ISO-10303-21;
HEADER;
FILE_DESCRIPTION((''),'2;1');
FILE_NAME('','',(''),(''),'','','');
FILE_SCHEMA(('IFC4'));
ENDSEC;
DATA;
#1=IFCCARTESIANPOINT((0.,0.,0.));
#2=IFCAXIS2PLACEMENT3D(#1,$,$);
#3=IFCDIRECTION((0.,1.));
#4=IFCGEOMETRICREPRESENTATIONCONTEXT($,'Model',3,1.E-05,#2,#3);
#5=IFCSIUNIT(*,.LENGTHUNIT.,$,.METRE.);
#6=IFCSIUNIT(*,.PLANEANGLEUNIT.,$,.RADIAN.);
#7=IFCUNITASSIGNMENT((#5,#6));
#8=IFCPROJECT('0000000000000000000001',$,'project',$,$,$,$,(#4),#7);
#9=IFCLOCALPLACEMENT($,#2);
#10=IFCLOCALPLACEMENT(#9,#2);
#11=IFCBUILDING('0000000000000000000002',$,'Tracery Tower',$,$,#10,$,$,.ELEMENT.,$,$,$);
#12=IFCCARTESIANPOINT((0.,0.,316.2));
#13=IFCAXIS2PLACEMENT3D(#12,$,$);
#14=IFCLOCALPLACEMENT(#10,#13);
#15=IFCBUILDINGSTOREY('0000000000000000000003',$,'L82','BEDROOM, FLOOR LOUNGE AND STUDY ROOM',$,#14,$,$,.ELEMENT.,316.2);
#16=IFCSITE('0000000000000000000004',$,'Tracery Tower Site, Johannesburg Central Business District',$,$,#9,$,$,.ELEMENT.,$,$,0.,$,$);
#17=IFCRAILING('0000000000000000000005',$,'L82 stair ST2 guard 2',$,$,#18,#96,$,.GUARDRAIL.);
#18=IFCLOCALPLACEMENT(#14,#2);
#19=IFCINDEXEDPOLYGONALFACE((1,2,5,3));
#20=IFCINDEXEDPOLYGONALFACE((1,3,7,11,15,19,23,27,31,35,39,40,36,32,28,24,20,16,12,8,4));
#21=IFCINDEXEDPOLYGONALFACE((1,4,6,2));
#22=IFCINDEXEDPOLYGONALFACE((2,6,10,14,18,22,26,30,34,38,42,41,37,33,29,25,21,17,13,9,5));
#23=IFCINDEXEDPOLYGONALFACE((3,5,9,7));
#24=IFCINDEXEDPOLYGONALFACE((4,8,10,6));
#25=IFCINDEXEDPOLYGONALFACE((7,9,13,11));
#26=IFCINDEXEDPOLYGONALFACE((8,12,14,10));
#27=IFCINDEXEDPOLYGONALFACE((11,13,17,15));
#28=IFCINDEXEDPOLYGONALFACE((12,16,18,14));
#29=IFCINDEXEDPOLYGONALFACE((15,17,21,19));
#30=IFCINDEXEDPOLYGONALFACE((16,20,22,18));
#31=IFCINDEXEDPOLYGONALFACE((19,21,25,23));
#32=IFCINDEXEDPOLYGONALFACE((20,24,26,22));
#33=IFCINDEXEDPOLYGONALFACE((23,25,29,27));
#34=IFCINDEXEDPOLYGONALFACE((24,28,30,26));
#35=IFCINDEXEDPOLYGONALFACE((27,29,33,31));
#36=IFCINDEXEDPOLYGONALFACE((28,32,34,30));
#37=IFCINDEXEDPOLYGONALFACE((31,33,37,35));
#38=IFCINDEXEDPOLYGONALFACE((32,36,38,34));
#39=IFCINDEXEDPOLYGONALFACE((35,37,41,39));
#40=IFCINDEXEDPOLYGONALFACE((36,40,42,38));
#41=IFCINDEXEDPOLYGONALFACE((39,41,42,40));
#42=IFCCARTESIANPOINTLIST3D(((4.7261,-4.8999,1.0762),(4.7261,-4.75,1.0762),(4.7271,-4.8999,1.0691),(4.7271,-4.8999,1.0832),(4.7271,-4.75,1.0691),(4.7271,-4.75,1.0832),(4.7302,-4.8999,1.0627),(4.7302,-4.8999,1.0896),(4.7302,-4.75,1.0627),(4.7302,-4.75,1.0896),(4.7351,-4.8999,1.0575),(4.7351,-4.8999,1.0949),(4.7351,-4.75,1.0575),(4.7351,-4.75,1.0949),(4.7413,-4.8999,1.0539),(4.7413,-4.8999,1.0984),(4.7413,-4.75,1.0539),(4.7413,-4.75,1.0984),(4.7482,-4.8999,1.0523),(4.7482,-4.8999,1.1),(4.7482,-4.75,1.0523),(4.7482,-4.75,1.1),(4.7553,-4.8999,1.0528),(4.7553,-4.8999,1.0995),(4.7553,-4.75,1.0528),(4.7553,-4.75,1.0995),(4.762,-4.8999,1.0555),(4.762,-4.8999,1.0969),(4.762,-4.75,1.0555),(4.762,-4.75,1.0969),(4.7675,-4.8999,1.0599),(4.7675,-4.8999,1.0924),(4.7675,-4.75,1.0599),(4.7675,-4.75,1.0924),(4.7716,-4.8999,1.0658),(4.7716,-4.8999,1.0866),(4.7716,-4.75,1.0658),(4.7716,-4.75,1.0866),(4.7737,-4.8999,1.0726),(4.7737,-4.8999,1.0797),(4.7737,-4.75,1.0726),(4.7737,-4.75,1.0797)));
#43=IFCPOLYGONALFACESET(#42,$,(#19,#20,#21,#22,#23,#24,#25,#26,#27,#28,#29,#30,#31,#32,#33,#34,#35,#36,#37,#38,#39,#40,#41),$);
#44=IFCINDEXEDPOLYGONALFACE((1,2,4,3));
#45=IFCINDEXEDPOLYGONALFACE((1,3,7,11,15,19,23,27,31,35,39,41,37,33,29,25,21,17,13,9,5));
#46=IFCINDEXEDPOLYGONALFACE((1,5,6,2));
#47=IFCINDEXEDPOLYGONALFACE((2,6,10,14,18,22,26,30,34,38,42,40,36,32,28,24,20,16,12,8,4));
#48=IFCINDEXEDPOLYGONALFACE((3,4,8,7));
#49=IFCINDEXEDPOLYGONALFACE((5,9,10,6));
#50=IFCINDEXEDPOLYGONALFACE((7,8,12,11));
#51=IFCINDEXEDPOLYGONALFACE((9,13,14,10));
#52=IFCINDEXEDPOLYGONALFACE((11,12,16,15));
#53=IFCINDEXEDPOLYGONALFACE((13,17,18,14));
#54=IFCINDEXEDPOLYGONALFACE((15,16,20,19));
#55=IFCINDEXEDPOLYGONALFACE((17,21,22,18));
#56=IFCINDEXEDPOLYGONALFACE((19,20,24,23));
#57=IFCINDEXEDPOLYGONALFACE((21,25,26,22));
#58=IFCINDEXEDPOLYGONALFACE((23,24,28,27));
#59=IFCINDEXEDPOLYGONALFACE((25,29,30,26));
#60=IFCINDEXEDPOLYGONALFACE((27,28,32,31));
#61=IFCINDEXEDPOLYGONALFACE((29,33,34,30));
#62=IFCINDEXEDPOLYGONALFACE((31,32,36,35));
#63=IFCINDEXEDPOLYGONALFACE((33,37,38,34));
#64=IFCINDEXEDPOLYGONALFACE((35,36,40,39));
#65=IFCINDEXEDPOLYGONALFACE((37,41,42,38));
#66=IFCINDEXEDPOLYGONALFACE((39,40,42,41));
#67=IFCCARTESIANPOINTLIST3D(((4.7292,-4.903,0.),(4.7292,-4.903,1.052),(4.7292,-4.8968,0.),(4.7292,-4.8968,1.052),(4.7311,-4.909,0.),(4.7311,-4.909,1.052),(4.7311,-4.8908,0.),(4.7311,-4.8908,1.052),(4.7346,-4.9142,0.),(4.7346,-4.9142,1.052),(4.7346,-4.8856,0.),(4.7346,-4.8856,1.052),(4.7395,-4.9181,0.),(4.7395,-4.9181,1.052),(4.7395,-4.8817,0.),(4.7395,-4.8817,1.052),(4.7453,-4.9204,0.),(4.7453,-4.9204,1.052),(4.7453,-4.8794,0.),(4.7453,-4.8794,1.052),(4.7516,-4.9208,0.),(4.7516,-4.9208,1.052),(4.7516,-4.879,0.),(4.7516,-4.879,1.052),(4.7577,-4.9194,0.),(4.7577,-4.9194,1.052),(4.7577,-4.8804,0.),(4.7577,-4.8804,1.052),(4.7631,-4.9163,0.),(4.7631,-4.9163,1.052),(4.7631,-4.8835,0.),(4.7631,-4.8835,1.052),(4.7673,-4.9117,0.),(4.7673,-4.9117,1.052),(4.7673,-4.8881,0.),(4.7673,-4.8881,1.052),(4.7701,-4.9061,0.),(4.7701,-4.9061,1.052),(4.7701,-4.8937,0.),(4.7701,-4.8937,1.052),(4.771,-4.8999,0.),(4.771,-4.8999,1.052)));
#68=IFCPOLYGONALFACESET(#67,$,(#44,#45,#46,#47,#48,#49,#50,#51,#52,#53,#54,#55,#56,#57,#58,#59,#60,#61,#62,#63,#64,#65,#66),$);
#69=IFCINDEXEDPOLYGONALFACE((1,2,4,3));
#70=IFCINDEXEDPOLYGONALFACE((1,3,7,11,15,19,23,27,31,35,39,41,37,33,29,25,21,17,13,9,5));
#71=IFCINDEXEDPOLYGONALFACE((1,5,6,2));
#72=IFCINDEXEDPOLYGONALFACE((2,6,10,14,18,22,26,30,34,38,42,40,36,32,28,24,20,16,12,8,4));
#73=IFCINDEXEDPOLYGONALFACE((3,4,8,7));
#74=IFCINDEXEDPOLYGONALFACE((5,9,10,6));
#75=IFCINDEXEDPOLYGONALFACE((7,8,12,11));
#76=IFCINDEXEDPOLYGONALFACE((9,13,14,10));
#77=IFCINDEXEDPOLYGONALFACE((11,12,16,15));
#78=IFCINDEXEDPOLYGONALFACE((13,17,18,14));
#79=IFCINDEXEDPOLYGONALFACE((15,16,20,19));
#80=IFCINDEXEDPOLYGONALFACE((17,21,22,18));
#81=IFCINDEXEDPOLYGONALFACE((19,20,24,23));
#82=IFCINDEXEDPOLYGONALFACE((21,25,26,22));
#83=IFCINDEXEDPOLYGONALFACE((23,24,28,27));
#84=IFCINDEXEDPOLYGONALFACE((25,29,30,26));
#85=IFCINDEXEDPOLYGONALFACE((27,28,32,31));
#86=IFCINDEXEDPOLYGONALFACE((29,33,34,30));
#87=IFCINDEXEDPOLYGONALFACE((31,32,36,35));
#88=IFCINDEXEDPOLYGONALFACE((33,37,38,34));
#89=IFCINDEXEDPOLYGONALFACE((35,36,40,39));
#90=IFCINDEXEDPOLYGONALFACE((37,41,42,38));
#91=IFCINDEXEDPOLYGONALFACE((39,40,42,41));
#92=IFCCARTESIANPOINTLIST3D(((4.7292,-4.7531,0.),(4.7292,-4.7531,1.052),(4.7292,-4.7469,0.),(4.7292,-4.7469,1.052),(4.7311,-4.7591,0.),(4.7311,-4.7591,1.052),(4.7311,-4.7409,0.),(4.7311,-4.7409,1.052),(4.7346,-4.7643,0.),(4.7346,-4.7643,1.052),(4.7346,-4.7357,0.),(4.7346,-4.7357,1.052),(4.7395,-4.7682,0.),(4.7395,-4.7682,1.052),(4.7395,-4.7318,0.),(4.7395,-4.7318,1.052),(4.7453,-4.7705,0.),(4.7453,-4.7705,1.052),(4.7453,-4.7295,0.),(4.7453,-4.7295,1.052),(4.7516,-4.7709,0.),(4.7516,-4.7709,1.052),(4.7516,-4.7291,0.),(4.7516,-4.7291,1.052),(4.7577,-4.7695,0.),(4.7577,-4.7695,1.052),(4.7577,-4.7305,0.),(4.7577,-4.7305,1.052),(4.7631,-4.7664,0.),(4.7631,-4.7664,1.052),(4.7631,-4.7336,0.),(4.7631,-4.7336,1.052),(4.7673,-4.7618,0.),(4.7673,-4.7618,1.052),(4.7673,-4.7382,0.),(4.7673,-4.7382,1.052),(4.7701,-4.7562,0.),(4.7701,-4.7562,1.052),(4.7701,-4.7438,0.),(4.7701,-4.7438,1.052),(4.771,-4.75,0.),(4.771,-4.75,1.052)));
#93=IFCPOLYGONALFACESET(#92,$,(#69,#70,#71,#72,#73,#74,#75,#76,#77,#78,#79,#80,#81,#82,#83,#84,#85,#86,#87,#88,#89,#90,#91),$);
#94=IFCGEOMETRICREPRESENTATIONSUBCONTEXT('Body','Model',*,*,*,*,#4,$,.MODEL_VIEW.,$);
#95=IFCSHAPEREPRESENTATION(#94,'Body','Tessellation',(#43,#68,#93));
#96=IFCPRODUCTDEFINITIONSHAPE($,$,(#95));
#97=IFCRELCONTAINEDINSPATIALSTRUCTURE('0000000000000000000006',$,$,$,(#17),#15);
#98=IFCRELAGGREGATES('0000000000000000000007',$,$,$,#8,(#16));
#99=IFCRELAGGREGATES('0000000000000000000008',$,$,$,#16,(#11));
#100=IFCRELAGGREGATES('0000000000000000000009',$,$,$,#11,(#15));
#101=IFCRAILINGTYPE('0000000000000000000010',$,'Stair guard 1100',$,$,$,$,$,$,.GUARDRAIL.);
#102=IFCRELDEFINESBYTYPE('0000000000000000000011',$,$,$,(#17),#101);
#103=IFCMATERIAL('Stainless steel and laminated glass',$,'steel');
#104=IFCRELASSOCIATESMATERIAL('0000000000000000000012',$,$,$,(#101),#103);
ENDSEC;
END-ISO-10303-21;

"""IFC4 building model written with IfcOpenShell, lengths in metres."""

from ifc_helpers import new_model, si_unit, direction, frame, origin, origin_2d, place, context, subcontext, project, spatial, circle, extrude, material, type_object, element, save


model = new_model("IFC4")

# Units and contexts
model_context = context("Model", 3, precision=1e-05, world=origin(), true_north=direction((0.0, 1.0)))
body_context = subcontext(model_context, "Body", "Model", "MODEL_VIEW")
ifc_project = project(units=[si_unit("LENGTHUNIT", "METRE"), si_unit("PLANEANGLEUNIT", "RADIAN")], contexts=[model_context])

# Site, building, storey
site_placement = place(None, origin())
site = spatial("IfcSite", under=ifc_project, at=site_placement, Name="Tracery Tower Site, Johannesburg Central Business District", CompositionType="ELEMENT", RefElevation=0.0)
building_placement = place(site_placement, origin())
building = spatial("IfcBuilding", under=site, at=building_placement, Name="Tracery Tower", CompositionType="ELEMENT")
storey_placement = place(building_placement, frame((0.0, 0.0, 316.2)))
storey = spatial("IfcBuildingStorey", under=building, at=storey_placement, Name="L82", Description="BEDROOM, FLOOR LOUNGE AND STUDY ROOM", CompositionType="ELEMENT", Elevation=316.2)

# Railing
ifc_material_1 = material(Name="Stainless steel and laminated glass", Category="steel")
railing_type_1 = type_object("IfcRailingType", Name="Stair guard 1100", PredefinedType="GUARDRAIL", material=ifc_material_1)
railing_1_placement = place(storey_placement, frame((4.75, -4.8999, 0.0)))
element("IfcRailing", 1, at=railing_1_placement, inside=storey, type_object=railing_type_1, Name="L82 stair ST2 guard 2", PredefinedType="GUARDRAIL", context=body_context, shape_type="SweptSolid", body=[
    extrude(circle(Radius=0.0239, at=origin_2d()), frame((0.0, 0.0, 1.0762), z_axis=(0.0, 1.0, 0.0), x_axis=(-1.0, 0.0, 0.0)), (0.0, 0.0, 1.0), 0.1499),
    extrude(circle(Radius=0.021, at=origin_2d()), origin(), (0.0, 0.0, 1.0), 1.052),
    extrude(circle(Radius=0.021, at=origin_2d()), frame((0.0, 0.1499, 0.0)), (0.0, 0.0, 1.0), 1.052),
])

save(model, "model.ifc")
